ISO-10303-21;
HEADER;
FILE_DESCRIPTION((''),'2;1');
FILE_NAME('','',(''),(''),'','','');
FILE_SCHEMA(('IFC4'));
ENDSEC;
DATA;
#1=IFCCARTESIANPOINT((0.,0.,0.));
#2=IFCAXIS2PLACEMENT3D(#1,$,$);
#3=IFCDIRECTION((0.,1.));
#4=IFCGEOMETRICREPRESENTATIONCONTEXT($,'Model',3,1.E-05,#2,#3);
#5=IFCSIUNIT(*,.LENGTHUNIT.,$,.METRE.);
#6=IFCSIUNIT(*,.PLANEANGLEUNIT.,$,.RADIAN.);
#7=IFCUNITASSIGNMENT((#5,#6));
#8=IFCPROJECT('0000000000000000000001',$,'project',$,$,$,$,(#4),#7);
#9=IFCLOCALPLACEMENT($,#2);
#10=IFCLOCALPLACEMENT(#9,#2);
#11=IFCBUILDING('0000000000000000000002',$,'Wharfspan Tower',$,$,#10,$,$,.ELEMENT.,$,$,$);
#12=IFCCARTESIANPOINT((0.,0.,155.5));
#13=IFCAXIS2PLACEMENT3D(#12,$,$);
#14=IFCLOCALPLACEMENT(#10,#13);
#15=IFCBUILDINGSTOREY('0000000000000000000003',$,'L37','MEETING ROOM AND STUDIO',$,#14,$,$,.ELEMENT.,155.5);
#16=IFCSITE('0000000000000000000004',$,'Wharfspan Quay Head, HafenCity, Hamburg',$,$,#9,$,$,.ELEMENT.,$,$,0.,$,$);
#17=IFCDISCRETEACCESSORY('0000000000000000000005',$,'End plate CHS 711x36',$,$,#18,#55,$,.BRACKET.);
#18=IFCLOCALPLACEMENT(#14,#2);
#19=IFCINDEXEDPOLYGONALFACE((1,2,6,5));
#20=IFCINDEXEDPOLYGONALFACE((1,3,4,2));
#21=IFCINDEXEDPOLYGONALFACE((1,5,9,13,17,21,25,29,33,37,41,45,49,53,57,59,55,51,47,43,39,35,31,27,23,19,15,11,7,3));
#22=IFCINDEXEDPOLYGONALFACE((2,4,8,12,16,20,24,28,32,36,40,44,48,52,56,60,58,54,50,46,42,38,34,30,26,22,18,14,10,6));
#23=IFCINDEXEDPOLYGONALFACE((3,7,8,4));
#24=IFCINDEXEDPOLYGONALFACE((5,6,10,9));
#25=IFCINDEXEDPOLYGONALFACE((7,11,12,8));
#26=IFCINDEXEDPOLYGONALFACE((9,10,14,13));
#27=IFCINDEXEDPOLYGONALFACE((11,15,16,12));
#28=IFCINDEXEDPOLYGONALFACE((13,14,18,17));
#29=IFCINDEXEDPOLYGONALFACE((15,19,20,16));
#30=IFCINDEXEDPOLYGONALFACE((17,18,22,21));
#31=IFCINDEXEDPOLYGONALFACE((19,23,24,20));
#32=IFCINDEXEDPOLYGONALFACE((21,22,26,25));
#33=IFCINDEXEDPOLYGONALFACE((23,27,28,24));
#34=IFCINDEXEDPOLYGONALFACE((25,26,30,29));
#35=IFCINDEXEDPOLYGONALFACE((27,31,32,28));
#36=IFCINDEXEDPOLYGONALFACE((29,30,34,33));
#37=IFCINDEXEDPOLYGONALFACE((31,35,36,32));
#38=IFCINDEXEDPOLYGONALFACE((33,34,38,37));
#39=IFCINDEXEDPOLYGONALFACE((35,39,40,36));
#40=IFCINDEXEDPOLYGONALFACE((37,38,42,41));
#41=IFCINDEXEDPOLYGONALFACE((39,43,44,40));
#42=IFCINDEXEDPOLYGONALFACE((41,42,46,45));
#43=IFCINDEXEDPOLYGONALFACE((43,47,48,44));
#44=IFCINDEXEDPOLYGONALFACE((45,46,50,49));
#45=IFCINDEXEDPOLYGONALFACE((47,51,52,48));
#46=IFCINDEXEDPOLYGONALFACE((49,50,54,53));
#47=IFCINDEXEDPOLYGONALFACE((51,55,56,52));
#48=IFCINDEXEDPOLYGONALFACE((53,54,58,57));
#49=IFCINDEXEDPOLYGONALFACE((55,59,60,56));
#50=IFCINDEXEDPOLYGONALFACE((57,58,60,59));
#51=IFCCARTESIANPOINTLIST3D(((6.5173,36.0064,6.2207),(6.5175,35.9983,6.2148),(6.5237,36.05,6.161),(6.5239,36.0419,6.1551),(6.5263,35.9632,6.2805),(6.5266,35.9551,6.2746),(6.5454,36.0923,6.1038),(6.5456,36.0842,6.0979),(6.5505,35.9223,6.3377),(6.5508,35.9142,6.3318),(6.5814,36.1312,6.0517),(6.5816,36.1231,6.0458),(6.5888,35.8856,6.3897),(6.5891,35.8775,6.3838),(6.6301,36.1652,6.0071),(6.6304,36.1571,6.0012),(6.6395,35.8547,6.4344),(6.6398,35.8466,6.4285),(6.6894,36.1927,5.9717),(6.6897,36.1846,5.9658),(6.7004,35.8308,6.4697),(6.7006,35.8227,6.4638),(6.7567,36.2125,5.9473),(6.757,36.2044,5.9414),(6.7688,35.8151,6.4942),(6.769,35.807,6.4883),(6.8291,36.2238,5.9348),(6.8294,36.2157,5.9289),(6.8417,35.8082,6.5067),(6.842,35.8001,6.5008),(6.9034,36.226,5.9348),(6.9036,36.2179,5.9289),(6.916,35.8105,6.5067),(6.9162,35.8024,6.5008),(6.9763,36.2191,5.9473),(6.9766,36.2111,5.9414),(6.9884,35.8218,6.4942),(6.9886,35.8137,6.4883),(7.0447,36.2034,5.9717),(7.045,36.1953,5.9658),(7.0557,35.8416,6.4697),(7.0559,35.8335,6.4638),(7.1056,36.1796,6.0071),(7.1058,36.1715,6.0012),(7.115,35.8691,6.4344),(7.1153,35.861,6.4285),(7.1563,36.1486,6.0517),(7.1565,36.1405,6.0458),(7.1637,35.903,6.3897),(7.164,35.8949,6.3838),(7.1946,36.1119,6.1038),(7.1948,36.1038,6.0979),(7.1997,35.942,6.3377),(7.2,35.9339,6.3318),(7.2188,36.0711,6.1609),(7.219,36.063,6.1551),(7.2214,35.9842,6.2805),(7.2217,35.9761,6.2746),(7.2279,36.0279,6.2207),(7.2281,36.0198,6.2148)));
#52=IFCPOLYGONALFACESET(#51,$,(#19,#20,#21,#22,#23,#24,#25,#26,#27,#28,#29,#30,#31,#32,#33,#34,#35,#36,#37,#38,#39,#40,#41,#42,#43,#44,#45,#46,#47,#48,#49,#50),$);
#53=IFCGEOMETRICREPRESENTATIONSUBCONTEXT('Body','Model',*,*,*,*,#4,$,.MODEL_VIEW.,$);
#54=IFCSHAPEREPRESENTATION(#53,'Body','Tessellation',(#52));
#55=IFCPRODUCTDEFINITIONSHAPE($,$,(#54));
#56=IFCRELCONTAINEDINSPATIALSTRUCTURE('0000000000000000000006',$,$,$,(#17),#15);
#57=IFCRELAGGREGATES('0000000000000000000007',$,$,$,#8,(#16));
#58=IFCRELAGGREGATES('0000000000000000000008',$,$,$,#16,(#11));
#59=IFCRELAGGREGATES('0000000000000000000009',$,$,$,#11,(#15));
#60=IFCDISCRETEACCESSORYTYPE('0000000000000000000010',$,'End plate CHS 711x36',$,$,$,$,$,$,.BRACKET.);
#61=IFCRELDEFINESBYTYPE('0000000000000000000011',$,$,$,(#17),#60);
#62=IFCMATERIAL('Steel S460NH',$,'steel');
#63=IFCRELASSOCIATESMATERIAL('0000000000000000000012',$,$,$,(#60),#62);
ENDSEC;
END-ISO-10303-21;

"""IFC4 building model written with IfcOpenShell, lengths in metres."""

from ifc_helpers import new_model, si_unit, direction, frame, origin, origin_2d, place, context, subcontext, project, spatial, circle, extrude, material, material_profile, profile_set, type_object, element, save


model = new_model("IFC4")

# Units and contexts
model_context = context("Model", 3, precision=1e-05, world=origin(), true_north=direction((0.0, 1.0)))
body_context = subcontext(model_context, "Body", "Model", "MODEL_VIEW")
ifc_project = project(units=[si_unit("LENGTHUNIT", "METRE"), si_unit("PLANEANGLEUNIT", "RADIAN")], contexts=[model_context])

# Site, building, storey
site_placement = place(None, origin())
site = spatial("IfcSite", under=ifc_project, at=site_placement, Name="Wharfspan Quay Head, HafenCity, Hamburg", CompositionType="ELEMENT", RefElevation=0.0)
building_placement = place(site_placement, origin())
building = spatial("IfcBuilding", under=site, at=building_placement, Name="Wharfspan Tower", CompositionType="ELEMENT")
storey_placement = place(building_placement, frame((0.0, 0.0, 155.5)))
storey = spatial("IfcBuildingStorey", under=building, at=storey_placement, Name="L37", Description="MEETING ROOM AND STUDIO", CompositionType="ELEMENT", Elevation=155.5)

# Shared definitions
ifc_material_1 = material(Name="Steel S460NH", Category="steel")

# Discrete accessory
ifc_material_profile_1 = material_profile(ifc_material_1, circle(Radius=0.3555, at=origin_2d()))
ifc_profile_set_1 = profile_set([ifc_material_profile_1], Name="Steel S460NH")
discrete_accessory_type = type_object("IfcDiscreteAccessoryType", Name="End plate CHS 711x36", PredefinedType="BRACKET", material=ifc_profile_set_1)
discrete_accessory_1_placement = place(storey_placement, frame((6.8728, 36.009, 6.2148), z_axis=(-0.0245, 0.808493, 0.587995), x_axis=(-0.999537, -0.03029, 0.000001)))
element("IfcDiscreteAccessory", 1, at=discrete_accessory_1_placement, inside=storey, type_object=discrete_accessory_type, Name="End plate CHS 711x36", PredefinedType="BRACKET", context=body_context, shape_type="SweptSolid", body=[
    extrude(circle(Radius=0.3555, at=origin_2d()), origin(), (0.0, 0.0, 1.0), 0.01),
])

save(model, "model.ifc")
